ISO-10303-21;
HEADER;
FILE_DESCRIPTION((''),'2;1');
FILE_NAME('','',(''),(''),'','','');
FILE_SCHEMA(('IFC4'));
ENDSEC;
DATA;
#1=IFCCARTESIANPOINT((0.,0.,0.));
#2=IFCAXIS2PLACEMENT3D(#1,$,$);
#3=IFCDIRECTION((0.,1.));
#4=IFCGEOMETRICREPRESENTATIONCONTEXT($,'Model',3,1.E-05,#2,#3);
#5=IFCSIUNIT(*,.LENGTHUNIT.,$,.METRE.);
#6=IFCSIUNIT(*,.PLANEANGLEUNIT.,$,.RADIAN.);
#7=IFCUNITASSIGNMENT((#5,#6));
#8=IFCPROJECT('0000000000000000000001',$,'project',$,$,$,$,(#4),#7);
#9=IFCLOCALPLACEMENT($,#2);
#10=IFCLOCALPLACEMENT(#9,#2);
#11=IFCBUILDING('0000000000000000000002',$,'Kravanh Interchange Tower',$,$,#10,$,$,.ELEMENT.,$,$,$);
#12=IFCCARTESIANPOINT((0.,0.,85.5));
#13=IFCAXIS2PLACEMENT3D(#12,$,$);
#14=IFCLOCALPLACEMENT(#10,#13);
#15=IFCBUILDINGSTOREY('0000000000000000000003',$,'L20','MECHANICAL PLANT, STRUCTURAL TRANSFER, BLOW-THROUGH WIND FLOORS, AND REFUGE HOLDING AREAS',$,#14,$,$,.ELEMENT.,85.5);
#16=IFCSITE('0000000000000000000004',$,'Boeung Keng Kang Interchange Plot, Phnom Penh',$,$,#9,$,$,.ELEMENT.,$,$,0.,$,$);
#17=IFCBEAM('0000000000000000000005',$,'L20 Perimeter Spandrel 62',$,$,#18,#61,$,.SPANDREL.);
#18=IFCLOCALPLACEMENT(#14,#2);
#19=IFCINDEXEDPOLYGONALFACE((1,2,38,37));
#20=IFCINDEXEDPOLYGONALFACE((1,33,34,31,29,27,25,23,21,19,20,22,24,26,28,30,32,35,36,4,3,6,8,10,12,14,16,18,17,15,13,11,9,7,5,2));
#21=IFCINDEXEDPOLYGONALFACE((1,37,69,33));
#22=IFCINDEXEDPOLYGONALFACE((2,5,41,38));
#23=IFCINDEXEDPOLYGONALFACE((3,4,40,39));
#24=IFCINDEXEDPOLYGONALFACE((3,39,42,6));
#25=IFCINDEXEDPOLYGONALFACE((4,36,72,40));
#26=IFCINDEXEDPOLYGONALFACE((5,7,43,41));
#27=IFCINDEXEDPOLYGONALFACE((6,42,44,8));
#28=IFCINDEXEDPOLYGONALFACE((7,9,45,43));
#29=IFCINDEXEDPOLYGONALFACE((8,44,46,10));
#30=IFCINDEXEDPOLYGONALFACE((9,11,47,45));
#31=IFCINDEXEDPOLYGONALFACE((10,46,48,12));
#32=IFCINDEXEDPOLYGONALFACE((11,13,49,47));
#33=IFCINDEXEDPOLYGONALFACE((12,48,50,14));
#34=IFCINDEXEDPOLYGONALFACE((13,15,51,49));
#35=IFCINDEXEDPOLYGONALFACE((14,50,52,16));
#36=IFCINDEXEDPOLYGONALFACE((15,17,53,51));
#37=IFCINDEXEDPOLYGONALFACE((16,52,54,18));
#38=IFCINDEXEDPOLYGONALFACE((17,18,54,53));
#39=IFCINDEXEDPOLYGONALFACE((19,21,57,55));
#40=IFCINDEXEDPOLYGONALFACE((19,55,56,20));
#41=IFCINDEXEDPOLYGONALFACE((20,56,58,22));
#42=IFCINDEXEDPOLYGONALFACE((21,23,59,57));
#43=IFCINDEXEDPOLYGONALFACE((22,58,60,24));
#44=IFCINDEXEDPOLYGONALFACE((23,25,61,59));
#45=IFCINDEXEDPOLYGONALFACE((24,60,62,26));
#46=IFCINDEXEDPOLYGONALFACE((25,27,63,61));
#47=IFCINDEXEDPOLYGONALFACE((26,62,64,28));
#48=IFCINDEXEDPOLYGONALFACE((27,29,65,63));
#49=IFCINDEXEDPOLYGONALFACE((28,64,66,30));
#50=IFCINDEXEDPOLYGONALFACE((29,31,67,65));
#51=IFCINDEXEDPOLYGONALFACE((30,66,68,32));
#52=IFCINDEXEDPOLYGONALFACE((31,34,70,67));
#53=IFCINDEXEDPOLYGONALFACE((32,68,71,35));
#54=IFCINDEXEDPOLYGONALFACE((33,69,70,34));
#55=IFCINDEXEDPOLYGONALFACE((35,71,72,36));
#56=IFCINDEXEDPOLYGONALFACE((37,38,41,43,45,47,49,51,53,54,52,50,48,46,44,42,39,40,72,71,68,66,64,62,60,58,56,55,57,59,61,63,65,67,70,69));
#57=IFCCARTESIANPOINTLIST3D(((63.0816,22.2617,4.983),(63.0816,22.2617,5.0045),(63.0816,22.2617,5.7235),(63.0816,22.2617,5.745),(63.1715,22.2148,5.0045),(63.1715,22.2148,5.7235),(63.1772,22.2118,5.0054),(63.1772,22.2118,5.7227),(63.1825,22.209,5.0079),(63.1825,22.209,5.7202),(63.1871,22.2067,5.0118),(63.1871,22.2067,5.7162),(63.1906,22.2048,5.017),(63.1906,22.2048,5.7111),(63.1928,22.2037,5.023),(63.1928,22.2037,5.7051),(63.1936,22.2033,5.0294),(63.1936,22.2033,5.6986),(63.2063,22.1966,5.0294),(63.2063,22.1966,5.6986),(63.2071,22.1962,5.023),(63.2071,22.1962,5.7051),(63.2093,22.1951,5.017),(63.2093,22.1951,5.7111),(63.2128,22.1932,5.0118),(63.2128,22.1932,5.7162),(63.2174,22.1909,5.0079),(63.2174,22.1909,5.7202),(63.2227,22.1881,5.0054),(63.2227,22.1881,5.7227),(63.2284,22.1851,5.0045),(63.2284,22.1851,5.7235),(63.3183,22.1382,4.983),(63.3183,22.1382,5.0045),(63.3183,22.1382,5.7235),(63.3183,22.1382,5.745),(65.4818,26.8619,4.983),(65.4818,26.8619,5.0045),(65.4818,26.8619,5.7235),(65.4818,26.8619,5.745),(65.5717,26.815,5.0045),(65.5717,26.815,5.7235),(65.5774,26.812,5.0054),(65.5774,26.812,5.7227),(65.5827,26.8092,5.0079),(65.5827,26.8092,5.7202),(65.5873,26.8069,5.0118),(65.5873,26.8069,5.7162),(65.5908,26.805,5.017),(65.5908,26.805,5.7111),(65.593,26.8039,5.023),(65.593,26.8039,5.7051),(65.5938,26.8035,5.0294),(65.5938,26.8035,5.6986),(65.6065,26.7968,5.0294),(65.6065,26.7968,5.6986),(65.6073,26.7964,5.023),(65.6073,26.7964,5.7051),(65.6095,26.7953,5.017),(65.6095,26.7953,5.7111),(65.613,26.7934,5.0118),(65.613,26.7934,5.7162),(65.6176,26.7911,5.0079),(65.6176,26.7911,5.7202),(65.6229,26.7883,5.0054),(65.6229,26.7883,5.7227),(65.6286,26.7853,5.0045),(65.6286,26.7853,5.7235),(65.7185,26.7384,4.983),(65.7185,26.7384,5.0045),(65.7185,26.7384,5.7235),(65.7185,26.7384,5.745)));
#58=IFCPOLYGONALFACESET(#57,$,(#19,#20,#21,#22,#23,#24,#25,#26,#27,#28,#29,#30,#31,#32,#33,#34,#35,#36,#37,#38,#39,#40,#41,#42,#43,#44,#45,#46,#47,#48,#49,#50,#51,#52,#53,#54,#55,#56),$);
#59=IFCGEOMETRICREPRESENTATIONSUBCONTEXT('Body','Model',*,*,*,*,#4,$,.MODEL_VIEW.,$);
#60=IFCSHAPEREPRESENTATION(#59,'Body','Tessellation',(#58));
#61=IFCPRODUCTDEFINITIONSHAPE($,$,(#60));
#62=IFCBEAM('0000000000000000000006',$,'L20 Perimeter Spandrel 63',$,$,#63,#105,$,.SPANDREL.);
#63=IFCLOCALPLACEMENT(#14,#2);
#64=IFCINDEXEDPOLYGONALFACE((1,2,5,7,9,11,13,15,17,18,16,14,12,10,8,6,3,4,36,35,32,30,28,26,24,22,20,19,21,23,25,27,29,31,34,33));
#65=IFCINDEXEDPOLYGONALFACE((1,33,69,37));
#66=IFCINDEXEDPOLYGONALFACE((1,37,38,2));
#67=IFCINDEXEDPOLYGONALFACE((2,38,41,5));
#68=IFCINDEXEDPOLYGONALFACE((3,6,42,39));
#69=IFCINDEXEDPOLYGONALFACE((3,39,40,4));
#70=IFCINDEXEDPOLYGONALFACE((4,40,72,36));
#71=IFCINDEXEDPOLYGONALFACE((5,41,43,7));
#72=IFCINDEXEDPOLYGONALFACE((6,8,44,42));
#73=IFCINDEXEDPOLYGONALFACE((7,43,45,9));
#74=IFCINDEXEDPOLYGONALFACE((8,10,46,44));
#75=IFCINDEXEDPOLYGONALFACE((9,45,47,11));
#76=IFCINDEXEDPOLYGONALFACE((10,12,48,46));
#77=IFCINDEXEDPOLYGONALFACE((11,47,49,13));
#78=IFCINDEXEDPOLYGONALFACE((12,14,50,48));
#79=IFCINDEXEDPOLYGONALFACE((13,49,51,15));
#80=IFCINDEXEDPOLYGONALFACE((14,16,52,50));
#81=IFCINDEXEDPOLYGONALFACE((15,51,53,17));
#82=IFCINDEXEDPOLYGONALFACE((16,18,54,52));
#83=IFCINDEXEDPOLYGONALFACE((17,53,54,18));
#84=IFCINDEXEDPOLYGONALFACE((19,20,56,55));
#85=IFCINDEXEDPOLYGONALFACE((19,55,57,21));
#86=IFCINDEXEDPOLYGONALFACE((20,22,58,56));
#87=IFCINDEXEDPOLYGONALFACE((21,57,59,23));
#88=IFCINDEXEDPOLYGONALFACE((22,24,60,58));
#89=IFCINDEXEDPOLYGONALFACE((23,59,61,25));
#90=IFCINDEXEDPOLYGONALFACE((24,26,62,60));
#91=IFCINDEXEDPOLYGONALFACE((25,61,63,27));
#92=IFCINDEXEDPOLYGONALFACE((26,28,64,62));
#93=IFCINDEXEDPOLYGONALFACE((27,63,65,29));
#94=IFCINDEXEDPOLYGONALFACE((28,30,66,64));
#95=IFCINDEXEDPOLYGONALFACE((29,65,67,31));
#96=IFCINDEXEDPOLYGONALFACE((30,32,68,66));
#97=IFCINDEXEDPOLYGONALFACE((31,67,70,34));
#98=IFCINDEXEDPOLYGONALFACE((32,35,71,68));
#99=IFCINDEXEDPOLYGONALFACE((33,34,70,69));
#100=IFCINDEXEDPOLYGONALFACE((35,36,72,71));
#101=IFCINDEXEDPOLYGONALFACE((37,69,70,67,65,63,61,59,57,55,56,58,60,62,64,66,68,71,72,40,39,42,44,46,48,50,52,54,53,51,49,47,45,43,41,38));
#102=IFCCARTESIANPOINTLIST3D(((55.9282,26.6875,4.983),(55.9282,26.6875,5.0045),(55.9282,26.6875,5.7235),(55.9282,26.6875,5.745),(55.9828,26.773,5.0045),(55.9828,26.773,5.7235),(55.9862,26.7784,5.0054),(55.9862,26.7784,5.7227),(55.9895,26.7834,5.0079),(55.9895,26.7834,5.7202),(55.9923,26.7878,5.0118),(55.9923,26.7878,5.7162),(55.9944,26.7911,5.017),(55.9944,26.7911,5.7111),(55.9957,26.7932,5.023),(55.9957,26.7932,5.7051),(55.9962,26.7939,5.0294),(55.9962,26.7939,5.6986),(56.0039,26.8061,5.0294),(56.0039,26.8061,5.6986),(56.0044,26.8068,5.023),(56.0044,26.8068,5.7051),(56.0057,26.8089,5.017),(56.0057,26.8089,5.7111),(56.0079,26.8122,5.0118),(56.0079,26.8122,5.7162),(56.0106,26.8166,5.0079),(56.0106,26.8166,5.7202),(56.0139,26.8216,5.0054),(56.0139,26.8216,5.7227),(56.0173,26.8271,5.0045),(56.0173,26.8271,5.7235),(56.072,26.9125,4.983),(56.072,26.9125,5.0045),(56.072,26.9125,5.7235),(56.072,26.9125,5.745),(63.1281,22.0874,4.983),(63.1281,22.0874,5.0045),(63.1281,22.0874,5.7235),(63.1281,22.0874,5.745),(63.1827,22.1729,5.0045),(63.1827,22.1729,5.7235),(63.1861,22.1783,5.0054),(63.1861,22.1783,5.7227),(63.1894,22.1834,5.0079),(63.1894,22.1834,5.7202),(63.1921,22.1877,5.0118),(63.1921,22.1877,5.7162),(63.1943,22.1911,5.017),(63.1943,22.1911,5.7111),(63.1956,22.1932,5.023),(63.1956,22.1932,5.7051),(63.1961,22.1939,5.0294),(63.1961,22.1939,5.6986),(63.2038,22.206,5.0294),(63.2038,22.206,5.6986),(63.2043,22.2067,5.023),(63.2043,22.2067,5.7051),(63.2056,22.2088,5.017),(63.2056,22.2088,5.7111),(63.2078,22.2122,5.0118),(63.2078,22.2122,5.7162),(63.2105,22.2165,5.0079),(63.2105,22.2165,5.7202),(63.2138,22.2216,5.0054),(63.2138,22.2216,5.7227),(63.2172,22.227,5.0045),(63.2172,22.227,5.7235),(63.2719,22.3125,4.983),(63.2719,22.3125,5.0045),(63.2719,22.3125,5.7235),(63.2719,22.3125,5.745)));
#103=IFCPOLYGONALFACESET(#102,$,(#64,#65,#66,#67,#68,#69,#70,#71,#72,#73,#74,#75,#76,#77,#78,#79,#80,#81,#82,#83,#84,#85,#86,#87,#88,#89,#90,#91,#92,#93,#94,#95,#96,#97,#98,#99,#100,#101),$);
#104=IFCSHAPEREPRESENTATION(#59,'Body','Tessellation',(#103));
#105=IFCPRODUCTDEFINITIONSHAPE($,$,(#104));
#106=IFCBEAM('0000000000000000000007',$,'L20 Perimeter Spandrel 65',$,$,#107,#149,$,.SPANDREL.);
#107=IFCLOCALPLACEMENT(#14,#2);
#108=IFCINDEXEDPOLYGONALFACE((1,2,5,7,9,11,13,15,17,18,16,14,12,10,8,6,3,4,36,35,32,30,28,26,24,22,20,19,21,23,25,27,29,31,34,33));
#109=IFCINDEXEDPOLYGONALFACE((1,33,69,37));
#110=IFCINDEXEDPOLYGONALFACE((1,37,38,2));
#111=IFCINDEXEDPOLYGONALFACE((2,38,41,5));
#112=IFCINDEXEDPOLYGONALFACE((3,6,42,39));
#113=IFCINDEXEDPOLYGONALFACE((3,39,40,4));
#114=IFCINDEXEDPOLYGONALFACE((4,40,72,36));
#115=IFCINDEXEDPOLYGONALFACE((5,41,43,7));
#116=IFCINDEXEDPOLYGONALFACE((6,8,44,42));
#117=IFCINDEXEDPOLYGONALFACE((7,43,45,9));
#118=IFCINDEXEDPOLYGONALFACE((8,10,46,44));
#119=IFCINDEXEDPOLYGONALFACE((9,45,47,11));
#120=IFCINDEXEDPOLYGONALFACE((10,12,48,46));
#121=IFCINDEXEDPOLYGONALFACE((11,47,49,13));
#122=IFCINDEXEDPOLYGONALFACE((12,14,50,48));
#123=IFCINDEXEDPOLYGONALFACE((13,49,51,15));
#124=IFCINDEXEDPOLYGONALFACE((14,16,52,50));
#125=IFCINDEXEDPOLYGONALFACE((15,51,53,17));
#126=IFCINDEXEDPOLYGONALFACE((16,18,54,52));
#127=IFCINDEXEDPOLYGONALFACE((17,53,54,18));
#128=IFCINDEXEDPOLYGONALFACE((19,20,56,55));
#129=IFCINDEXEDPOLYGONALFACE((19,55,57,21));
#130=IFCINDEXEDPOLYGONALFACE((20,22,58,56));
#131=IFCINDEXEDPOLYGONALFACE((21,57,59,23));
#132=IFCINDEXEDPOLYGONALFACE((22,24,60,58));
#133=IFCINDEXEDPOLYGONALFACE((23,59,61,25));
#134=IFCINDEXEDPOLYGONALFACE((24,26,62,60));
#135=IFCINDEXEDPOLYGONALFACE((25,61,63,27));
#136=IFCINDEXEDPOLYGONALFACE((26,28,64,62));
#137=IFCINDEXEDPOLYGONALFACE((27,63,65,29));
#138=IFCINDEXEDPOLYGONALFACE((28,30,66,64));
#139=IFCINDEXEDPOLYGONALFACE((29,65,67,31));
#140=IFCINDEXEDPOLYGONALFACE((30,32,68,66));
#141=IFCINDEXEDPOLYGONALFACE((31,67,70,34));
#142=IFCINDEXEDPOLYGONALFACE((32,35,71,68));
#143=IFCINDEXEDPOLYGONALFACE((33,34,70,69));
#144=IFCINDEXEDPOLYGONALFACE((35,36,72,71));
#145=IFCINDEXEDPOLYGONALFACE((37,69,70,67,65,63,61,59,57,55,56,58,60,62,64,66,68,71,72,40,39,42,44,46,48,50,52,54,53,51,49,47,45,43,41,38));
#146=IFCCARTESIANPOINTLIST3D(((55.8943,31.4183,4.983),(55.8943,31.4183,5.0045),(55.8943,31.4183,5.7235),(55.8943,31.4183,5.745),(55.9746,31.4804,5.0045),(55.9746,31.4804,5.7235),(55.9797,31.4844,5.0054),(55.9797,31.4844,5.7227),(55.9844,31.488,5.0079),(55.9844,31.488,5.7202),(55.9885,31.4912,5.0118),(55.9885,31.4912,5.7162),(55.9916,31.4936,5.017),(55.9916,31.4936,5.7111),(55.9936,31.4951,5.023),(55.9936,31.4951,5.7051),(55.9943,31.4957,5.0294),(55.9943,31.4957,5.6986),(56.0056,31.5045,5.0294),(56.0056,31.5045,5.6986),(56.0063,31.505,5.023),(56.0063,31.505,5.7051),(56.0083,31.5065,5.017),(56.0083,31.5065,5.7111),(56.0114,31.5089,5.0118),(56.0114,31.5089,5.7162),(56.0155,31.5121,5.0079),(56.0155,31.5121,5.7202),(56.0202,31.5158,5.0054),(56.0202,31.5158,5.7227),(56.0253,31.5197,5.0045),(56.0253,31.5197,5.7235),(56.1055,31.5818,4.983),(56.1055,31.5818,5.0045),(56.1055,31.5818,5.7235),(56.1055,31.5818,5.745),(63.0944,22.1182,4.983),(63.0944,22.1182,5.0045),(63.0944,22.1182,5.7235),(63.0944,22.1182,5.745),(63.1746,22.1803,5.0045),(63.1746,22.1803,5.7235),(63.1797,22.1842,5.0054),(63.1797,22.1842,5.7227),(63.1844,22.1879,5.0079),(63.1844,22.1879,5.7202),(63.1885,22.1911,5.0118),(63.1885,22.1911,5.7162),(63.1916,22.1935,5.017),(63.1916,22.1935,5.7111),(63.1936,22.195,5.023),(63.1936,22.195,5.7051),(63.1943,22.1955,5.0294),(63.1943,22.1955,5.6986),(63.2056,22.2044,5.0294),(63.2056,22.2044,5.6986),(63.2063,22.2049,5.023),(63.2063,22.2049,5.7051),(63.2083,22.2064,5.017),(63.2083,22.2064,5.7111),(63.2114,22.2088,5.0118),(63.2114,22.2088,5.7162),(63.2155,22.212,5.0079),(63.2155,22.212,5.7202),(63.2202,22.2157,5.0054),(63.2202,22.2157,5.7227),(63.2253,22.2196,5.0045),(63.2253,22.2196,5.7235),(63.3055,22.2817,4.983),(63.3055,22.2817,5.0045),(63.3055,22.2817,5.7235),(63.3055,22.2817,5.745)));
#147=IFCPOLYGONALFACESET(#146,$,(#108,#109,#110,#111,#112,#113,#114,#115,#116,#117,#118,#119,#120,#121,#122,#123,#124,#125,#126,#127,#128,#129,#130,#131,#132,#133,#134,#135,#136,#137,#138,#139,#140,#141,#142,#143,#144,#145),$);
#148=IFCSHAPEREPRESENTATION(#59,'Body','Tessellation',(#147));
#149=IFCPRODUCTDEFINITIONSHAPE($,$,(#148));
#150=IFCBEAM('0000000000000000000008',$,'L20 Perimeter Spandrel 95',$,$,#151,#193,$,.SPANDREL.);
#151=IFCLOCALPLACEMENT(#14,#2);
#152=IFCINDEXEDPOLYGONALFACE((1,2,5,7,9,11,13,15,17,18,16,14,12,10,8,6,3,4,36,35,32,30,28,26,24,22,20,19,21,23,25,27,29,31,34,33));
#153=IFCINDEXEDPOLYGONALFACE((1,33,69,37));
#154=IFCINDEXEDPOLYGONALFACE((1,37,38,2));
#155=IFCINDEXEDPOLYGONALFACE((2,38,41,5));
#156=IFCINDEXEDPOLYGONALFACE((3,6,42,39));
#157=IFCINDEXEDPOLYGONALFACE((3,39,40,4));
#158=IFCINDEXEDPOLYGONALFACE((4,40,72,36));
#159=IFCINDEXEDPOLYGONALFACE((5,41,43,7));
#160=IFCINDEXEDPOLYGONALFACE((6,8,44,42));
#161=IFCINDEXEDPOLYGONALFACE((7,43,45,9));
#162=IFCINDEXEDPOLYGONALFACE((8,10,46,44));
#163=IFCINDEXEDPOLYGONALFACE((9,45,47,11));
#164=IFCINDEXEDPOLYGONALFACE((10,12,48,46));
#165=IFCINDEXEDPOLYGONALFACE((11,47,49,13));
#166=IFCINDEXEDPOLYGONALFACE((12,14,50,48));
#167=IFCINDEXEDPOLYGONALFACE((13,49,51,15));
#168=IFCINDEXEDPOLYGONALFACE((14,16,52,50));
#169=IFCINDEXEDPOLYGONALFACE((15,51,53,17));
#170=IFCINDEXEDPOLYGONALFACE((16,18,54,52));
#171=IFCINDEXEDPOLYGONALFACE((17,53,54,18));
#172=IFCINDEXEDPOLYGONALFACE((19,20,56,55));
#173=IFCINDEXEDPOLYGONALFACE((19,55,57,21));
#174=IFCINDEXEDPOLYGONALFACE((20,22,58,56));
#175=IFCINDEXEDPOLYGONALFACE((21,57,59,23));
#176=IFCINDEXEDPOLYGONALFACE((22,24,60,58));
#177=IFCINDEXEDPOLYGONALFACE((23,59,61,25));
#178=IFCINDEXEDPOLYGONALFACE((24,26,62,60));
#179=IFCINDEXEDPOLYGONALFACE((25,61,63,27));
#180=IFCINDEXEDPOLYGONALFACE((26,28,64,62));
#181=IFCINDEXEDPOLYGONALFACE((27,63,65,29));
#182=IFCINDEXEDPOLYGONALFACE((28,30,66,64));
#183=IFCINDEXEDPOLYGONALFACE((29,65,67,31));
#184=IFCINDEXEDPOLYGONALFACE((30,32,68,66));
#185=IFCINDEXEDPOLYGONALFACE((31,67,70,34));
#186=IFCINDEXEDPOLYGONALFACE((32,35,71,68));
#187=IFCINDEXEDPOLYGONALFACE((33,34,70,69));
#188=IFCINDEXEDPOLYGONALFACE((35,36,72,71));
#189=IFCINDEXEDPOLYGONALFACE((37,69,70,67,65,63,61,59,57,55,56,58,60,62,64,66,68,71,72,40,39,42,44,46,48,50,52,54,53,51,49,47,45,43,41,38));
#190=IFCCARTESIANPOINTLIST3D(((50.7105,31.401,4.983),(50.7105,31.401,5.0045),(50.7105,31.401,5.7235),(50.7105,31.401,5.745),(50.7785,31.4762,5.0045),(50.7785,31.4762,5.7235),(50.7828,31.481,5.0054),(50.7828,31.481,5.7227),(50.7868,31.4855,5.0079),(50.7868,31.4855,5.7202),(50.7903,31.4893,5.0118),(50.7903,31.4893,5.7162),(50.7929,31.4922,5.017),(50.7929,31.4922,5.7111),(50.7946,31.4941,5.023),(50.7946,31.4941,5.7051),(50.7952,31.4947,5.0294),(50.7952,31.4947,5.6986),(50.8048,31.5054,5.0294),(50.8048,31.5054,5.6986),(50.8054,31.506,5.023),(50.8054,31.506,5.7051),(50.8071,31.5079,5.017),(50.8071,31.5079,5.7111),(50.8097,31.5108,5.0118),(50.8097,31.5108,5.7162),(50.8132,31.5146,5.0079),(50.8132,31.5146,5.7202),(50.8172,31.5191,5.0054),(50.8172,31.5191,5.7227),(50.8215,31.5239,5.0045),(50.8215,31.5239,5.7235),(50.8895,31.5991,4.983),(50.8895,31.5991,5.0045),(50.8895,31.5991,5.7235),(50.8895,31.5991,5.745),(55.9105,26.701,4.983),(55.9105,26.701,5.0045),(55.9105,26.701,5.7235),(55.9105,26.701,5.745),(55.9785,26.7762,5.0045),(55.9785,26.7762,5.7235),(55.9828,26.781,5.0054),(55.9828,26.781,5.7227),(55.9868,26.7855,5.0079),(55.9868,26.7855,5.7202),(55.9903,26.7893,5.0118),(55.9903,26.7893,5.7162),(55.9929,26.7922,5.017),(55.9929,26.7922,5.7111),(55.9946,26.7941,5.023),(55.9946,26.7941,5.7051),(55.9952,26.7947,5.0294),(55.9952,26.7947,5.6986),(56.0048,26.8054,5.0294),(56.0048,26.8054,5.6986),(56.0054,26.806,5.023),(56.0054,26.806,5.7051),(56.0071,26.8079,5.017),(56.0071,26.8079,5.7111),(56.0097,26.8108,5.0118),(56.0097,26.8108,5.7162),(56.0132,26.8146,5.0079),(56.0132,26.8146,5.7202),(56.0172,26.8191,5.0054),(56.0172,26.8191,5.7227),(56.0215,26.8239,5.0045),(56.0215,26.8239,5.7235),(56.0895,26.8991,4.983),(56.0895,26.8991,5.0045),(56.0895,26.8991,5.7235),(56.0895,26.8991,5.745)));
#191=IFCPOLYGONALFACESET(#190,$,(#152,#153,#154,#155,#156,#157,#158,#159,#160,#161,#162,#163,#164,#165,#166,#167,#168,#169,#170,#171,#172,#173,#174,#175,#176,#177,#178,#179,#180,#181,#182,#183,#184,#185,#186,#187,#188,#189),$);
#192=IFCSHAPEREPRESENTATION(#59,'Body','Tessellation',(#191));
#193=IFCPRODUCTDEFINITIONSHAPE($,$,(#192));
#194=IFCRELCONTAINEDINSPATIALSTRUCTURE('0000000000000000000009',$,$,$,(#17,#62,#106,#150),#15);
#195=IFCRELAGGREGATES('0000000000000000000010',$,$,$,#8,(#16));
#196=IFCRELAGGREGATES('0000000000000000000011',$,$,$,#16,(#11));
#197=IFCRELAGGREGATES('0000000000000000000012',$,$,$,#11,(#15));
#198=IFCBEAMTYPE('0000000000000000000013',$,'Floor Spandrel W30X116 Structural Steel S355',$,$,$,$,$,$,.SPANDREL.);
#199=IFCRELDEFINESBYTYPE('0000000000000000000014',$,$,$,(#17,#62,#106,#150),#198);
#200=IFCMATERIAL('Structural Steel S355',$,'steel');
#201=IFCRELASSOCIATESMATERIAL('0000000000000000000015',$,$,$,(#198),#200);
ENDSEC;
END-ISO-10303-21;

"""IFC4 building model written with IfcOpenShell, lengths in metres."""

from ifc_helpers import new_model, si_unit, direction, frame, origin, origin_2d, place, context, subcontext, project, spatial, i_section, extrude, material, material_profile, profile_set, type_object, element, save


model = new_model("IFC4")

# Units and contexts
model_context = context("Model", 3, precision=1e-05, world=origin(), true_north=direction((0.0, 1.0)))
body_context = subcontext(model_context, "Body", "Model", "MODEL_VIEW")
ifc_project = project(units=[si_unit("LENGTHUNIT", "METRE"), si_unit("PLANEANGLEUNIT", "RADIAN")], contexts=[model_context])

# Site, building, storey
site_placement = place(None, origin())
site = spatial("IfcSite", under=ifc_project, at=site_placement, Name="Boeung Keng Kang Interchange Plot, Phnom Penh", CompositionType="ELEMENT", RefElevation=0.0)
building_placement = place(site_placement, origin())
building = spatial("IfcBuilding", under=site, at=building_placement, Name="Kravanh Interchange Tower", CompositionType="ELEMENT")
storey_placement = place(building_placement, frame((0.0, 0.0, 85.5)))
storey = spatial("IfcBuildingStorey", under=building, at=storey_placement, Name="L20", Description="MECHANICAL PLANT, STRUCTURAL TRANSFER, BLOW-THROUGH WIND FLOORS, AND REFUGE HOLDING AREAS", CompositionType="ELEMENT", Elevation=85.5)

# Beams
ifc_material_1 = material(Name="Structural Steel S355", Category="steel")
ifc_material_profile_1 = material_profile(ifc_material_1, i_section(OverallWidth=0.2671, OverallDepth=0.762, WebThickness=0.0144, FlangeThickness=0.0215, FilletRadius=0.0249, at=origin_2d()), Name="W30X116")
ifc_profile_set_1 = profile_set([ifc_material_profile_1], Name="Structural Steel S355")
beam_type_1 = type_object("IfcBeamType", Name="Floor Spandrel W30X116 Structural Steel S355", PredefinedType="SPANDREL", material=ifc_profile_set_1)
beam_1_placement = place(storey_placement, frame((63.2, 22.2, 5.364), z_axis=(0.46258, 0.886577, 0.0), x_axis=(-0.886577, 0.46258, 0.0)))
element("IfcBeam", 1, at=beam_1_placement, inside=storey, type_object=beam_type_1, Name="L20 Perimeter Spandrel 62", PredefinedType="SPANDREL", context=body_context, shape_type="SweptSolid", body=[
    extrude(i_section(OverallWidth=0.2671, OverallDepth=0.762, WebThickness=0.0144, FlangeThickness=0.0215, FilletRadius=0.0249, at=origin_2d()), origin(), (0.0, 0.0, 1.0), 5.1887),
])
beam_2_placement = place(storey_placement, frame((63.2, 22.2, 5.364), z_axis=(-0.842689, 0.5384, 0.0), x_axis=(-0.5384, -0.842689, 0.0)))
element("IfcBeam", 2, at=beam_2_placement, inside=storey, type_object=beam_type_1, Name="L20 Perimeter Spandrel 63", PredefinedType="SPANDREL", context=body_context, shape_type="SweptSolid", body=[
    extrude(i_section(OverallWidth=0.2671, OverallDepth=0.762, WebThickness=0.0144, FlangeThickness=0.0215, FilletRadius=0.0249, at=origin_2d()), origin(), (0.0, 0.0, 1.0), 8.5439),
])
beam_3_placement = place(storey_placement, frame((63.2, 22.2, 5.364), z_axis=(-0.612169, 0.790727, 0.0), x_axis=(-0.790727, -0.612169, 0.0)))
element("IfcBeam", 3, at=beam_3_placement, inside=storey, type_object=beam_type_1, Name="L20 Perimeter Spandrel 65", PredefinedType="SPANDREL", context=body_context, shape_type="SweptSolid", body=[
    extrude(i_section(OverallWidth=0.2671, OverallDepth=0.762, WebThickness=0.0144, FlangeThickness=0.0215, FilletRadius=0.0249, at=origin_2d()), origin(), (0.0, 0.0, 1.0), 11.7615),
])
beam_4_placement = place(storey_placement, frame((56.0, 26.8, 5.364), z_axis=(-0.741874, 0.670539, 0.0), x_axis=(-0.670539, -0.741874, 0.0)))
element("IfcBeam", 4, at=beam_4_placement, inside=storey, type_object=beam_type_1, Name="L20 Perimeter Spandrel 95", PredefinedType="SPANDREL", context=body_context, shape_type="SweptSolid", body=[
    extrude(i_section(OverallWidth=0.2671, OverallDepth=0.762, WebThickness=0.0144, FlangeThickness=0.0215, FilletRadius=0.0249, at=origin_2d()), origin(), (0.0, 0.0, 1.0), 7.0093),
])

save(model, "model.ifc")
